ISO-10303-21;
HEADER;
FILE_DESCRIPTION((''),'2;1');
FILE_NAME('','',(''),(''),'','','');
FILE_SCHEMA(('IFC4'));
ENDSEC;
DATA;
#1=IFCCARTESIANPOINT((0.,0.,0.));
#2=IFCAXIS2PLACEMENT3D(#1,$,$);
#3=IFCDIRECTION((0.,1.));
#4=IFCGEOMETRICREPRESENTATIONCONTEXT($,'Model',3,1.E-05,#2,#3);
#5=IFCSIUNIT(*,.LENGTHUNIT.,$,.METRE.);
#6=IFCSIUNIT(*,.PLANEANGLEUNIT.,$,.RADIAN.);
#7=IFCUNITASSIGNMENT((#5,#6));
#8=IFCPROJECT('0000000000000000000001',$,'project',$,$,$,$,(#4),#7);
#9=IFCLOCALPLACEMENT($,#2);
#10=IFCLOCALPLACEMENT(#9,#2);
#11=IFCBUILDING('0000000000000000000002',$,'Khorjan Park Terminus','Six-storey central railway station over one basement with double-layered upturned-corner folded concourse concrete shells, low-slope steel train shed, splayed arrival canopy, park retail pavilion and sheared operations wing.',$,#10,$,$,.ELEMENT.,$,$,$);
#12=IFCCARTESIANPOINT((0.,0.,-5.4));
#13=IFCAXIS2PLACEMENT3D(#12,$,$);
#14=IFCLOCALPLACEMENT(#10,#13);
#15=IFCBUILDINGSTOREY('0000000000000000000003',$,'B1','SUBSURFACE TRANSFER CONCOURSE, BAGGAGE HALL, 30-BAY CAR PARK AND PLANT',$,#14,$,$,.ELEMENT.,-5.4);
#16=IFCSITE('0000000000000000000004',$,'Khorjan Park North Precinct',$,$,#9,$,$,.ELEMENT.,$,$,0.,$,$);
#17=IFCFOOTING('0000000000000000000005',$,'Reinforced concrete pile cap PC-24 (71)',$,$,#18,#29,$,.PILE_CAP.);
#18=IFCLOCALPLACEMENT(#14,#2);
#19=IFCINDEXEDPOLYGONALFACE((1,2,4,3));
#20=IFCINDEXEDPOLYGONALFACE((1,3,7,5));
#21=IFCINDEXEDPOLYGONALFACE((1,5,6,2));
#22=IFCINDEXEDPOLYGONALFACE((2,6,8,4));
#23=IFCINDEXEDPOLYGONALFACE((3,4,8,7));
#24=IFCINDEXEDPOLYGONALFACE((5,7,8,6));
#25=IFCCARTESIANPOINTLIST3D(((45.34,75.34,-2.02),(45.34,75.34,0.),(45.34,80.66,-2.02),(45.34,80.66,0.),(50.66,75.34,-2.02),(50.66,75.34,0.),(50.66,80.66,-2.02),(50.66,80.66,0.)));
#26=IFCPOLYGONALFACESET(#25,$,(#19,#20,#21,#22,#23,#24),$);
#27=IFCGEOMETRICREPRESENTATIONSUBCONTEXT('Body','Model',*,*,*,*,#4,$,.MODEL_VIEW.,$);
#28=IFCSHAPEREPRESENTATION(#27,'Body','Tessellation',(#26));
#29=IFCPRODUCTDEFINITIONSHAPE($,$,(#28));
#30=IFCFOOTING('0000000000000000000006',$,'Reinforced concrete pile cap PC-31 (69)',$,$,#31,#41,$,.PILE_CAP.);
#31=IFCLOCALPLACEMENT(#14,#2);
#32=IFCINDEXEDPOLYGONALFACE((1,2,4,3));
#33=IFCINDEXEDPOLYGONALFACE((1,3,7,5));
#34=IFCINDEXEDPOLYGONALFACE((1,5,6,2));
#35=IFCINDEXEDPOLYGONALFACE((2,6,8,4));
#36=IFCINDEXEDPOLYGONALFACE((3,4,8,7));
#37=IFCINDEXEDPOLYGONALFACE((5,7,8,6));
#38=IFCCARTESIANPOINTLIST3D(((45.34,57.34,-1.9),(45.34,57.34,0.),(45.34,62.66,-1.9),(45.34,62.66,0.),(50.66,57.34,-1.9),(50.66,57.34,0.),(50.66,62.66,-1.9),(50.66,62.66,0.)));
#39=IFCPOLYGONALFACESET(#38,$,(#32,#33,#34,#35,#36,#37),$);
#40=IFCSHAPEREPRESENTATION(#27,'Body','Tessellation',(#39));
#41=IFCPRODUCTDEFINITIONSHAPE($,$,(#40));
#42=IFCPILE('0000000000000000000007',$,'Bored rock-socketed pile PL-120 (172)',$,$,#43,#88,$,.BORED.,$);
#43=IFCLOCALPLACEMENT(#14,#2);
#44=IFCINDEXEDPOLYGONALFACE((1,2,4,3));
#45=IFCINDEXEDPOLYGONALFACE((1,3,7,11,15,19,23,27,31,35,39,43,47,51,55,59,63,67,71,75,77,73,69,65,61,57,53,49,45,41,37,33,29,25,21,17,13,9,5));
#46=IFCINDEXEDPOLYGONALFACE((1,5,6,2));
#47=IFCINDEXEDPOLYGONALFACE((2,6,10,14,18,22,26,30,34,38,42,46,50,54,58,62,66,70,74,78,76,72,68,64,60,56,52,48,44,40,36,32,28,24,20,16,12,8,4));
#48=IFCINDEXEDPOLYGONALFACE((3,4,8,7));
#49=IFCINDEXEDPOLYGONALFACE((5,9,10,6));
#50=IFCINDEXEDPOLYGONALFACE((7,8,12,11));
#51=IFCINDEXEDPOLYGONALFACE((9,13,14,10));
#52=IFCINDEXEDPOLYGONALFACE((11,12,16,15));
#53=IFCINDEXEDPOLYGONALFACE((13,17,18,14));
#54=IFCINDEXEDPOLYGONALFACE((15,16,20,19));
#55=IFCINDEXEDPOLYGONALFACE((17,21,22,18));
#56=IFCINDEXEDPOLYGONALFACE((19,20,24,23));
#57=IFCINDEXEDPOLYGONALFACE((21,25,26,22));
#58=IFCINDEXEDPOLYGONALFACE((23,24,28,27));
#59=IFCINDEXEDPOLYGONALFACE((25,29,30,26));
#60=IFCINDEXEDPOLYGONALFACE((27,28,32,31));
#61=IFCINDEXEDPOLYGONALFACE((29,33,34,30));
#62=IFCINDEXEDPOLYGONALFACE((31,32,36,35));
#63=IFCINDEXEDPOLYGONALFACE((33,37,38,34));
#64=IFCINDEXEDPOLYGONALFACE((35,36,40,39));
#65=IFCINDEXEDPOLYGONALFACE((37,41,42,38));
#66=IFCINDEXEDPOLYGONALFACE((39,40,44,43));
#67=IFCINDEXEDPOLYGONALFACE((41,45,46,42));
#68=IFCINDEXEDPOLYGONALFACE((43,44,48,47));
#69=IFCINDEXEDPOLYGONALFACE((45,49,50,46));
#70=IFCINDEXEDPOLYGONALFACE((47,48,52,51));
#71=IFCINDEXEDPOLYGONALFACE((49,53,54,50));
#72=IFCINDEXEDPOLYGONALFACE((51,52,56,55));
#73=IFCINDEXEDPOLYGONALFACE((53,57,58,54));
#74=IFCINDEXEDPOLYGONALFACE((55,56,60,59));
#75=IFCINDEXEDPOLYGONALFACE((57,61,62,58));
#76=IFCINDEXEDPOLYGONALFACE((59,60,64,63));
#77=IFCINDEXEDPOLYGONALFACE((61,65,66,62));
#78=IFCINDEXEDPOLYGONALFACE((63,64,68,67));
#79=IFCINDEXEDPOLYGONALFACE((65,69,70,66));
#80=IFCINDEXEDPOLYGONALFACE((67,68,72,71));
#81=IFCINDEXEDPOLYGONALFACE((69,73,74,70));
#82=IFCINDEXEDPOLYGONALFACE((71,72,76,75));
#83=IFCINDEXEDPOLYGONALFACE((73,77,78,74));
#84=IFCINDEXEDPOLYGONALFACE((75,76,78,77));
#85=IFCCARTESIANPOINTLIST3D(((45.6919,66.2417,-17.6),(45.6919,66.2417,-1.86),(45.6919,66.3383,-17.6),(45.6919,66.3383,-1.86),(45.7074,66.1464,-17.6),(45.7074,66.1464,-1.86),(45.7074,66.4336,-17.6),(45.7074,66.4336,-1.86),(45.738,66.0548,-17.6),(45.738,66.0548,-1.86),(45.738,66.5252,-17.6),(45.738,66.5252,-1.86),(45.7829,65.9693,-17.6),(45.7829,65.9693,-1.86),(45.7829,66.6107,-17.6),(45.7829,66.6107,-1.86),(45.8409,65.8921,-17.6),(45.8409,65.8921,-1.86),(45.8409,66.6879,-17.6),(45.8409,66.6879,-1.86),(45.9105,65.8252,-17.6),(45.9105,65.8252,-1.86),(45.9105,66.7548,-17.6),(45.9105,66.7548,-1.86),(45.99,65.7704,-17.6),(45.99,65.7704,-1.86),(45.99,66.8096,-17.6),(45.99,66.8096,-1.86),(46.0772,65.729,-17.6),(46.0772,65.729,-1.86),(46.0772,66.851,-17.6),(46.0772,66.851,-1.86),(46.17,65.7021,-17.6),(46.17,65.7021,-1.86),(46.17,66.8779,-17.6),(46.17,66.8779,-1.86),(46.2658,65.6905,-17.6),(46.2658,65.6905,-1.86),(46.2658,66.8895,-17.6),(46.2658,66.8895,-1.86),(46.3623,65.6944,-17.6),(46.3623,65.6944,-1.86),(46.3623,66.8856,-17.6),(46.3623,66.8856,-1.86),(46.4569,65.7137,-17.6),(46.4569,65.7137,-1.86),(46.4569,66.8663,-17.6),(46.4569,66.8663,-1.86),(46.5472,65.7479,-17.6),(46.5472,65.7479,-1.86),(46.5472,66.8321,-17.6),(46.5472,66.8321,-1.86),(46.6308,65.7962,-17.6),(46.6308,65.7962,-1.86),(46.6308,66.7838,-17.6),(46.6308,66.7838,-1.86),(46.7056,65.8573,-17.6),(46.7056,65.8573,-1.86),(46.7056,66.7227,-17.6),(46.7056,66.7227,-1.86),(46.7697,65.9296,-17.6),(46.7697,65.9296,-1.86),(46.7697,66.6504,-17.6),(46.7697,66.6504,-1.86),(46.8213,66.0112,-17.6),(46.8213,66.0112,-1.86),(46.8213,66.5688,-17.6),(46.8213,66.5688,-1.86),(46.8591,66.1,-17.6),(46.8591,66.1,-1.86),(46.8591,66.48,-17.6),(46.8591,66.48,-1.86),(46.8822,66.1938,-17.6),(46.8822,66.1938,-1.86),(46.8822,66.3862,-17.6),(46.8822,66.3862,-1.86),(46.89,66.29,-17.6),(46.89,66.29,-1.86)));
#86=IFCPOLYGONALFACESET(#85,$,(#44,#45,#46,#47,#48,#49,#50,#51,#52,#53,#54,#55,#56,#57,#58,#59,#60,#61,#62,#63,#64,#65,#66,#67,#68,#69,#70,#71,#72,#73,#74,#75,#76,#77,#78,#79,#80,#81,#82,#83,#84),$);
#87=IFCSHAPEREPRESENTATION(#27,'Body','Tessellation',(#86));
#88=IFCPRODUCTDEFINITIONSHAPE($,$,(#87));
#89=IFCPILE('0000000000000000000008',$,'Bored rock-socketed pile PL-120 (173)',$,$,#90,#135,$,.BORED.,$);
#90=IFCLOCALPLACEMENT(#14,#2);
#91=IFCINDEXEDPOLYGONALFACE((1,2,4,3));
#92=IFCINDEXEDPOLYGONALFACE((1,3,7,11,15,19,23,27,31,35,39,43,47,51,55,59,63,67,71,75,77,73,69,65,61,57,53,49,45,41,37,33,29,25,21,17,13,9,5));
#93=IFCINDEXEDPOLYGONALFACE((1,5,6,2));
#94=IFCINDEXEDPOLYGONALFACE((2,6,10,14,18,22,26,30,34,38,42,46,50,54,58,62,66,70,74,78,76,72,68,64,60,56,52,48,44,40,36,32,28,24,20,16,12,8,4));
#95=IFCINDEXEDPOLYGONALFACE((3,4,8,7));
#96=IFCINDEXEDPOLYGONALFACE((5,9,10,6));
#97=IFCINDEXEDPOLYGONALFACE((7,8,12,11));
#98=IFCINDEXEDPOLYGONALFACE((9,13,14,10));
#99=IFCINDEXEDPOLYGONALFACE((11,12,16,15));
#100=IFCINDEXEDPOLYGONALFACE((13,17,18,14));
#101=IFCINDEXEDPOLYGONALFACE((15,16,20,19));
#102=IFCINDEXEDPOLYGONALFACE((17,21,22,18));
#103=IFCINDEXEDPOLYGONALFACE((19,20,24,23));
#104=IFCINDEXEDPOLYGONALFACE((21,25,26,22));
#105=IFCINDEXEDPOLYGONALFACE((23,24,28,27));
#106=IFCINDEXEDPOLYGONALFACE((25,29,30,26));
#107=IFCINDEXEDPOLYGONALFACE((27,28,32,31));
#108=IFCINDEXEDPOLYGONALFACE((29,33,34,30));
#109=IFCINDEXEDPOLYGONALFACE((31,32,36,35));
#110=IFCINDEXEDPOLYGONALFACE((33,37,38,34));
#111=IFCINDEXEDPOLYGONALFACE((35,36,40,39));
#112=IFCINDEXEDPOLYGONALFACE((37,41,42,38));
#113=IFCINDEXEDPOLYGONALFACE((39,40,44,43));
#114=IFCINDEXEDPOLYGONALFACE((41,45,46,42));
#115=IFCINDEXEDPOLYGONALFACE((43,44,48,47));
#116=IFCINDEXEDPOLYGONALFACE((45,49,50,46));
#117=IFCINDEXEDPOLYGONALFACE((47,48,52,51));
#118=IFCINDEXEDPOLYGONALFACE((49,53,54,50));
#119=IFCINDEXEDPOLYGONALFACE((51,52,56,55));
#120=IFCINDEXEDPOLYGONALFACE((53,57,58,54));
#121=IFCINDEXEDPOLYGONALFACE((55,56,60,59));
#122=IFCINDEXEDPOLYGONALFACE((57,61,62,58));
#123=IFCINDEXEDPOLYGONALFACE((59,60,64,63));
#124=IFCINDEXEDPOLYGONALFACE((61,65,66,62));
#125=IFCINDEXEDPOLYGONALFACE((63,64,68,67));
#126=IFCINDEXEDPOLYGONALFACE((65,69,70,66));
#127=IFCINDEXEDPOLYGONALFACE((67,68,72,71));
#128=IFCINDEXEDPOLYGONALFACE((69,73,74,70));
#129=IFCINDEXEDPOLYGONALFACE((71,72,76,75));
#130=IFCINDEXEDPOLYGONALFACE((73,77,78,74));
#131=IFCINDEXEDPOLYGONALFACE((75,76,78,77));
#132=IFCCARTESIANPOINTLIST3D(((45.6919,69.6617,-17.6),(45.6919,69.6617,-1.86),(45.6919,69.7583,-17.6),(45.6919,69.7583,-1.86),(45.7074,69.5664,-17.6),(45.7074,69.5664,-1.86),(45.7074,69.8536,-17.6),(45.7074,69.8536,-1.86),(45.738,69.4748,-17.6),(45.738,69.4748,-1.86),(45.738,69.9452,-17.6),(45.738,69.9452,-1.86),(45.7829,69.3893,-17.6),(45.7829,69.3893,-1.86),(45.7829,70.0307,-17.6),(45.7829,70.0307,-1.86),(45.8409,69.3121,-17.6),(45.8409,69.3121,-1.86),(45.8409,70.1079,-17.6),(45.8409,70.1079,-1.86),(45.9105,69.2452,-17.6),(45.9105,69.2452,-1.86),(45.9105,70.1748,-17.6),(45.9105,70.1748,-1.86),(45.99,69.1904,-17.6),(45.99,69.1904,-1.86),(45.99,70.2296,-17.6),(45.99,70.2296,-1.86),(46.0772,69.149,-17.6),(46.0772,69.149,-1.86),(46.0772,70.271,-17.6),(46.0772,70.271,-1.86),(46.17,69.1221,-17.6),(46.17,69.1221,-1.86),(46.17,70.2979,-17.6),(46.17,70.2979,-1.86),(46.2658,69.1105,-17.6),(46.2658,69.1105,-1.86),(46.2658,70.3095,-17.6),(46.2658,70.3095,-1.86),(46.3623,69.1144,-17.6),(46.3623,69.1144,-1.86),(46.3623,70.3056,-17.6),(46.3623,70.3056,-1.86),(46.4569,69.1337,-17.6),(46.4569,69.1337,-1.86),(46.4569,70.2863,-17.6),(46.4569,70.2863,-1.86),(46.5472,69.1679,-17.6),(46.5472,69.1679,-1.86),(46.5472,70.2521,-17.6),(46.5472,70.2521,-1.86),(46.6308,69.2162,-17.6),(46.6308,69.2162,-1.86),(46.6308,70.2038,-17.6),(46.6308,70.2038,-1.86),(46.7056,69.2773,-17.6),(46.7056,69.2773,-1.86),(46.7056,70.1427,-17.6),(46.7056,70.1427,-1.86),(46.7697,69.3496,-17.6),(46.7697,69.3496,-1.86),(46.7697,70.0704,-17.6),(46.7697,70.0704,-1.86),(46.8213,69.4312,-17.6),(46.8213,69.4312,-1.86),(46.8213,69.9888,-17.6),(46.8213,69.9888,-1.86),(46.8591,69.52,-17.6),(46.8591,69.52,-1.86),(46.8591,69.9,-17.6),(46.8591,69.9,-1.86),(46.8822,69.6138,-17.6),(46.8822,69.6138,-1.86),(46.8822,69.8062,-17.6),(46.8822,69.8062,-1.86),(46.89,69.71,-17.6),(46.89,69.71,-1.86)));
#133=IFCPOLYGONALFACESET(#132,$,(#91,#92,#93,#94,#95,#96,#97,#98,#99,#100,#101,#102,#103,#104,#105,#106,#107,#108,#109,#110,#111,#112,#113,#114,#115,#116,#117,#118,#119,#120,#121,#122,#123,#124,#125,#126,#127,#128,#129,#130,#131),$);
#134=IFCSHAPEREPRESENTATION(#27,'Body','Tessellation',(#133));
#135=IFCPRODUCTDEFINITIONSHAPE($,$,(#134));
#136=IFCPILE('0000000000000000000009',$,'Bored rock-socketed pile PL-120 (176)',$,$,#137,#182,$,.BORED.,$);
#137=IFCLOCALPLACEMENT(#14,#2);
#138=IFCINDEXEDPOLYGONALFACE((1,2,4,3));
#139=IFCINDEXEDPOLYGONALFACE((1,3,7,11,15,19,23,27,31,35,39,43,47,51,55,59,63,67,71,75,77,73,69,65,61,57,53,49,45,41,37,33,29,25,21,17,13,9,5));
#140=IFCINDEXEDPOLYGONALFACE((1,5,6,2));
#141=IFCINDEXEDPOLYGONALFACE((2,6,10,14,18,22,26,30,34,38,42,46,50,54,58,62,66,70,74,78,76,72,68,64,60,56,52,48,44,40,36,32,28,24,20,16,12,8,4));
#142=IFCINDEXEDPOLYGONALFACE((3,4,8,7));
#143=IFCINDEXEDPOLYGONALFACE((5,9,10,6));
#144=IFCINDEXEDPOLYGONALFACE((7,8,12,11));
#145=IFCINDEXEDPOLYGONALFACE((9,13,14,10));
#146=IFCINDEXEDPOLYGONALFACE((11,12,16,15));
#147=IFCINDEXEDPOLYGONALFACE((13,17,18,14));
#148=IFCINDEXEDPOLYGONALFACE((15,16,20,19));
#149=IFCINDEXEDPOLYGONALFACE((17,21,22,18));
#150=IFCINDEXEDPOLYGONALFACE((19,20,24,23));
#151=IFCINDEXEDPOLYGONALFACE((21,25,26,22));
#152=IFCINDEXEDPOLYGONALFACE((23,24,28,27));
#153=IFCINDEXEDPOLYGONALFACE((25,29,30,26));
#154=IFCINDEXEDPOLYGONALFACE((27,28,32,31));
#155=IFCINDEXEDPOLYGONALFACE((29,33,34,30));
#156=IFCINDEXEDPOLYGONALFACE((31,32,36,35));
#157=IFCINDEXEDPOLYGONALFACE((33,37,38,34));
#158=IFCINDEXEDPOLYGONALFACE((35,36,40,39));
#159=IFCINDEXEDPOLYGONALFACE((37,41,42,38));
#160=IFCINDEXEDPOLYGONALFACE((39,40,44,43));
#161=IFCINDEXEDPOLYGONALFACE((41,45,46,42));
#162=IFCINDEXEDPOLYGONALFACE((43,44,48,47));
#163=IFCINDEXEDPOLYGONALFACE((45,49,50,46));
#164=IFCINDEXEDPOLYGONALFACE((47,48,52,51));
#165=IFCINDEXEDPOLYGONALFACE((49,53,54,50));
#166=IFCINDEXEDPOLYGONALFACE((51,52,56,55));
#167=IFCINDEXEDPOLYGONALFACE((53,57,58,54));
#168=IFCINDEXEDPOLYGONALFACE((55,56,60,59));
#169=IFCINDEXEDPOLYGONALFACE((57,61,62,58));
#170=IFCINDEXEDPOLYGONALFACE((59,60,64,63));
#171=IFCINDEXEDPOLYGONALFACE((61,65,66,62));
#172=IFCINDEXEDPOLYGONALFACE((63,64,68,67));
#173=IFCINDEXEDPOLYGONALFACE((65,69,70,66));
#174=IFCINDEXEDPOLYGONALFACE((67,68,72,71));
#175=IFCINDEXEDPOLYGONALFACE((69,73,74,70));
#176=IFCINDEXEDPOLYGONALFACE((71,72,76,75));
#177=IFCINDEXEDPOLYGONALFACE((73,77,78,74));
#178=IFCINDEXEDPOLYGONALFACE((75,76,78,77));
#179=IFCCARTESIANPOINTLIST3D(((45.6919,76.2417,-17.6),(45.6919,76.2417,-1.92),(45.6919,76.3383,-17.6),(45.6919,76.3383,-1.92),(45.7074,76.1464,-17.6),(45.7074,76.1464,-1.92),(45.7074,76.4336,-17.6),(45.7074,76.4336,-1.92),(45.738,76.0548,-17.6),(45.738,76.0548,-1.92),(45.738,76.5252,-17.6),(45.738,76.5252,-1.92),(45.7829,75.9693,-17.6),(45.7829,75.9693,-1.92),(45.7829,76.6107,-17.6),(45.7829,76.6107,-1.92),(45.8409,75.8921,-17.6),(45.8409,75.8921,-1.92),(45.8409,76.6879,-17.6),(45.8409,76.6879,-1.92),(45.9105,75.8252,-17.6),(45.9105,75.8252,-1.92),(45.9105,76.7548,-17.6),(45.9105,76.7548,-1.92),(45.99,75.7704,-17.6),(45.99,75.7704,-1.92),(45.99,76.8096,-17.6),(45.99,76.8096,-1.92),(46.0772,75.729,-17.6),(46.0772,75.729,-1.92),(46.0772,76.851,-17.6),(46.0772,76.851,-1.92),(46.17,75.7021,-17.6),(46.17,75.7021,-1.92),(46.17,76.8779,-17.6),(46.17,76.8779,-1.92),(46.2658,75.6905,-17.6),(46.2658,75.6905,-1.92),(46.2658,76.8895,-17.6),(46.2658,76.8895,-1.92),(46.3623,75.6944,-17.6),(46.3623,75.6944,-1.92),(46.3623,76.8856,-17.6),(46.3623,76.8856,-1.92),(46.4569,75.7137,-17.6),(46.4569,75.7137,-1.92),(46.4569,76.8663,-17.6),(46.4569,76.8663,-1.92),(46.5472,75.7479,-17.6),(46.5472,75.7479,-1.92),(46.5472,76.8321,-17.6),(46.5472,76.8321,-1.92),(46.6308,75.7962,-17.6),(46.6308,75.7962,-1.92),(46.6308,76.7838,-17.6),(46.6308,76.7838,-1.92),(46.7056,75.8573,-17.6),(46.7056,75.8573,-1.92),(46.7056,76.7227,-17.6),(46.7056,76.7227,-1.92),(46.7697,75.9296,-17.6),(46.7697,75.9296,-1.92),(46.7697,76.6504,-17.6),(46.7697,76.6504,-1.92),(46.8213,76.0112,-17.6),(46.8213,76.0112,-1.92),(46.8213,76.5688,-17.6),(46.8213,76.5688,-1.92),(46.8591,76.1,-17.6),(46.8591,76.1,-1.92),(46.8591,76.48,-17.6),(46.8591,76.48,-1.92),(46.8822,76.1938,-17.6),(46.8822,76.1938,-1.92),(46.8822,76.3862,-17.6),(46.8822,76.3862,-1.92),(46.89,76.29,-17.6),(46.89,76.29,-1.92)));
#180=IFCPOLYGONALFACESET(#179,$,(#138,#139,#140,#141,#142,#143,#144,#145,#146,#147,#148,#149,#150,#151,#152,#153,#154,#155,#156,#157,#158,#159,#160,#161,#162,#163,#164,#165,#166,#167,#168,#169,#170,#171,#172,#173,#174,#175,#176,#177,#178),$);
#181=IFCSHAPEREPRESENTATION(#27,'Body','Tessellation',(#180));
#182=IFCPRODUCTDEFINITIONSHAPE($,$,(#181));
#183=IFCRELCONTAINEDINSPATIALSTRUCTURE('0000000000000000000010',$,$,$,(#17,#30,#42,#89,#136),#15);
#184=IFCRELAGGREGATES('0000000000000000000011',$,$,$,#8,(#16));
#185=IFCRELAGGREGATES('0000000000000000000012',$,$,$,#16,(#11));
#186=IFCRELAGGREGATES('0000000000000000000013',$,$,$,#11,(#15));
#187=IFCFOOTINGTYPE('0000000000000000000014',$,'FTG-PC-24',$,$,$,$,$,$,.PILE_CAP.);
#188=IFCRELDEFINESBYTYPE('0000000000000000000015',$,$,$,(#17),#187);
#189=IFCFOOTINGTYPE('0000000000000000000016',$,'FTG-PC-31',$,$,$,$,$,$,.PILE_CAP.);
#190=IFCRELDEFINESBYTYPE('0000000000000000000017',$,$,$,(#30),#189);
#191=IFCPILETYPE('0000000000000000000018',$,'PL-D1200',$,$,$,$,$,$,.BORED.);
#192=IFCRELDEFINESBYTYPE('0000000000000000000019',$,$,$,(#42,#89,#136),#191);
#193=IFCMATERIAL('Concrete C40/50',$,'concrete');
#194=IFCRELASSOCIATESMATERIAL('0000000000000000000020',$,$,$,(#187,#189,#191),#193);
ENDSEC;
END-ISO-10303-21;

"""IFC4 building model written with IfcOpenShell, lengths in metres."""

from ifc_helpers import new_model, si_unit, direction, frame, origin, origin_2d, place, context, subcontext, project, spatial, rectangle, circle, extrude, material, material_profile, profile_set, type_object, element, save


model = new_model("IFC4")

# Units and contexts
model_context = context("Model", 3, precision=1e-05, world=origin(), true_north=direction((0.0, 1.0)))
body_context = subcontext(model_context, "Body", "Model", "MODEL_VIEW")
ifc_project = project(units=[si_unit("LENGTHUNIT", "METRE"), si_unit("PLANEANGLEUNIT", "RADIAN")], contexts=[model_context])

# Site, building, storey
site_placement = place(None, origin())
site = spatial("IfcSite", under=ifc_project, at=site_placement, Name="Khorjan Park North Precinct", CompositionType="ELEMENT", RefElevation=0.0)
building_placement = place(site_placement, origin())
building = spatial("IfcBuilding", under=site, at=building_placement, Name="Khorjan Park Terminus", Description="Six-storey central railway station over one basement with double-layered upturned-corner folded concourse concrete shells, low-slope steel train shed, splayed arrival canopy, park retail pavilion and sheared operations wing.", CompositionType="ELEMENT")
storey_placement = place(building_placement, frame((0.0, 0.0, -5.4)))
storey = spatial("IfcBuildingStorey", under=building, at=storey_placement, Name="B1", Description="SUBSURFACE TRANSFER CONCOURSE, BAGGAGE HALL, 30-BAY CAR PARK AND PLANT", CompositionType="ELEMENT", Elevation=-5.4)

# Footings
ifc_material_1 = material(Name="Concrete C40/50", Category="concrete")
footing_type_1 = type_object("IfcFootingType", Name="FTG-PC-24", PredefinedType="PILE_CAP", material=ifc_material_1)
footing_1_placement = place(storey_placement, frame((48.0, 78.0, -2.02), z_axis=(0.0, 0.0, 1.0), x_axis=(1.0, 0.0, 0.0)))
element("IfcFooting", 1, at=footing_1_placement, inside=storey, type_object=footing_type_1, Name="Reinforced concrete pile cap PC-24 (71)", PredefinedType="PILE_CAP", context=body_context, shape_type="SweptSolid", body=[
    extrude(rectangle(XDim=5.32, YDim=5.32, at=origin_2d()), origin(), (0.0, 0.0, 1.0), 2.02),
])
footing_type_2 = type_object("IfcFootingType", Name="FTG-PC-31", PredefinedType="PILE_CAP", material=ifc_material_1)
footing_2_placement = place(storey_placement, frame((48.0, 60.0, -1.9), z_axis=(0.0, 0.0, 1.0), x_axis=(1.0, 0.0, 0.0)))
element("IfcFooting", 2, at=footing_2_placement, inside=storey, type_object=footing_type_2, Name="Reinforced concrete pile cap PC-31 (69)", PredefinedType="PILE_CAP", context=body_context, shape_type="SweptSolid", body=[
    extrude(rectangle(XDim=5.32, YDim=5.32, at=origin_2d()), origin(), (0.0, 0.0, 1.0), 1.9),
])

# Piles
ifc_material_profile_1 = material_profile(ifc_material_1, circle(Radius=0.6, at=origin_2d()), Name="BORED D1200")
ifc_profile_set_1 = profile_set([ifc_material_profile_1], Name="Concrete C40/50")
pile_type_1 = type_object("IfcPileType", Name="PL-D1200", PredefinedType="BORED", material=ifc_profile_set_1)
for number, where, z_axis, x_axis, name in (
    (3, (46.29, 66.29, -1.86), (0.0, 0.0, -1.0), (1.0, 0.0, 0.0), "Bored rock-socketed pile PL-120 (172)"),
    (4, (46.29, 69.71, -1.86), (0.0, 0.0, -1.0), (1.0, 0.0, 0.0), "Bored rock-socketed pile PL-120 (173)"),
):
    element("IfcPile", number, at=place(storey_placement, frame(where, z_axis=z_axis, x_axis=x_axis)), inside=storey, type_object=pile_type_1, Name=name, PredefinedType="BORED", context=body_context, shape_type="SweptSolid", body=[
        extrude(circle(Radius=0.6, at=origin_2d()), origin(), (0.0, 0.0, 1.0), 15.74),
    ])
for number, where, z_axis, x_axis, name in (
    (5, (46.29, 76.29, -1.92), (0.0, 0.0, -1.0), (1.0, 0.0, 0.0), "Bored rock-socketed pile PL-120 (176)"),
):
    element("IfcPile", number, at=place(storey_placement, frame(where, z_axis=z_axis, x_axis=x_axis)), inside=storey, type_object=pile_type_1, Name=name, PredefinedType="BORED", context=body_context, shape_type="SweptSolid", body=[
        extrude(circle(Radius=0.6, at=origin_2d()), origin(), (0.0, 0.0, 1.0), 15.68),
    ])

save(model, "model.ifc")
